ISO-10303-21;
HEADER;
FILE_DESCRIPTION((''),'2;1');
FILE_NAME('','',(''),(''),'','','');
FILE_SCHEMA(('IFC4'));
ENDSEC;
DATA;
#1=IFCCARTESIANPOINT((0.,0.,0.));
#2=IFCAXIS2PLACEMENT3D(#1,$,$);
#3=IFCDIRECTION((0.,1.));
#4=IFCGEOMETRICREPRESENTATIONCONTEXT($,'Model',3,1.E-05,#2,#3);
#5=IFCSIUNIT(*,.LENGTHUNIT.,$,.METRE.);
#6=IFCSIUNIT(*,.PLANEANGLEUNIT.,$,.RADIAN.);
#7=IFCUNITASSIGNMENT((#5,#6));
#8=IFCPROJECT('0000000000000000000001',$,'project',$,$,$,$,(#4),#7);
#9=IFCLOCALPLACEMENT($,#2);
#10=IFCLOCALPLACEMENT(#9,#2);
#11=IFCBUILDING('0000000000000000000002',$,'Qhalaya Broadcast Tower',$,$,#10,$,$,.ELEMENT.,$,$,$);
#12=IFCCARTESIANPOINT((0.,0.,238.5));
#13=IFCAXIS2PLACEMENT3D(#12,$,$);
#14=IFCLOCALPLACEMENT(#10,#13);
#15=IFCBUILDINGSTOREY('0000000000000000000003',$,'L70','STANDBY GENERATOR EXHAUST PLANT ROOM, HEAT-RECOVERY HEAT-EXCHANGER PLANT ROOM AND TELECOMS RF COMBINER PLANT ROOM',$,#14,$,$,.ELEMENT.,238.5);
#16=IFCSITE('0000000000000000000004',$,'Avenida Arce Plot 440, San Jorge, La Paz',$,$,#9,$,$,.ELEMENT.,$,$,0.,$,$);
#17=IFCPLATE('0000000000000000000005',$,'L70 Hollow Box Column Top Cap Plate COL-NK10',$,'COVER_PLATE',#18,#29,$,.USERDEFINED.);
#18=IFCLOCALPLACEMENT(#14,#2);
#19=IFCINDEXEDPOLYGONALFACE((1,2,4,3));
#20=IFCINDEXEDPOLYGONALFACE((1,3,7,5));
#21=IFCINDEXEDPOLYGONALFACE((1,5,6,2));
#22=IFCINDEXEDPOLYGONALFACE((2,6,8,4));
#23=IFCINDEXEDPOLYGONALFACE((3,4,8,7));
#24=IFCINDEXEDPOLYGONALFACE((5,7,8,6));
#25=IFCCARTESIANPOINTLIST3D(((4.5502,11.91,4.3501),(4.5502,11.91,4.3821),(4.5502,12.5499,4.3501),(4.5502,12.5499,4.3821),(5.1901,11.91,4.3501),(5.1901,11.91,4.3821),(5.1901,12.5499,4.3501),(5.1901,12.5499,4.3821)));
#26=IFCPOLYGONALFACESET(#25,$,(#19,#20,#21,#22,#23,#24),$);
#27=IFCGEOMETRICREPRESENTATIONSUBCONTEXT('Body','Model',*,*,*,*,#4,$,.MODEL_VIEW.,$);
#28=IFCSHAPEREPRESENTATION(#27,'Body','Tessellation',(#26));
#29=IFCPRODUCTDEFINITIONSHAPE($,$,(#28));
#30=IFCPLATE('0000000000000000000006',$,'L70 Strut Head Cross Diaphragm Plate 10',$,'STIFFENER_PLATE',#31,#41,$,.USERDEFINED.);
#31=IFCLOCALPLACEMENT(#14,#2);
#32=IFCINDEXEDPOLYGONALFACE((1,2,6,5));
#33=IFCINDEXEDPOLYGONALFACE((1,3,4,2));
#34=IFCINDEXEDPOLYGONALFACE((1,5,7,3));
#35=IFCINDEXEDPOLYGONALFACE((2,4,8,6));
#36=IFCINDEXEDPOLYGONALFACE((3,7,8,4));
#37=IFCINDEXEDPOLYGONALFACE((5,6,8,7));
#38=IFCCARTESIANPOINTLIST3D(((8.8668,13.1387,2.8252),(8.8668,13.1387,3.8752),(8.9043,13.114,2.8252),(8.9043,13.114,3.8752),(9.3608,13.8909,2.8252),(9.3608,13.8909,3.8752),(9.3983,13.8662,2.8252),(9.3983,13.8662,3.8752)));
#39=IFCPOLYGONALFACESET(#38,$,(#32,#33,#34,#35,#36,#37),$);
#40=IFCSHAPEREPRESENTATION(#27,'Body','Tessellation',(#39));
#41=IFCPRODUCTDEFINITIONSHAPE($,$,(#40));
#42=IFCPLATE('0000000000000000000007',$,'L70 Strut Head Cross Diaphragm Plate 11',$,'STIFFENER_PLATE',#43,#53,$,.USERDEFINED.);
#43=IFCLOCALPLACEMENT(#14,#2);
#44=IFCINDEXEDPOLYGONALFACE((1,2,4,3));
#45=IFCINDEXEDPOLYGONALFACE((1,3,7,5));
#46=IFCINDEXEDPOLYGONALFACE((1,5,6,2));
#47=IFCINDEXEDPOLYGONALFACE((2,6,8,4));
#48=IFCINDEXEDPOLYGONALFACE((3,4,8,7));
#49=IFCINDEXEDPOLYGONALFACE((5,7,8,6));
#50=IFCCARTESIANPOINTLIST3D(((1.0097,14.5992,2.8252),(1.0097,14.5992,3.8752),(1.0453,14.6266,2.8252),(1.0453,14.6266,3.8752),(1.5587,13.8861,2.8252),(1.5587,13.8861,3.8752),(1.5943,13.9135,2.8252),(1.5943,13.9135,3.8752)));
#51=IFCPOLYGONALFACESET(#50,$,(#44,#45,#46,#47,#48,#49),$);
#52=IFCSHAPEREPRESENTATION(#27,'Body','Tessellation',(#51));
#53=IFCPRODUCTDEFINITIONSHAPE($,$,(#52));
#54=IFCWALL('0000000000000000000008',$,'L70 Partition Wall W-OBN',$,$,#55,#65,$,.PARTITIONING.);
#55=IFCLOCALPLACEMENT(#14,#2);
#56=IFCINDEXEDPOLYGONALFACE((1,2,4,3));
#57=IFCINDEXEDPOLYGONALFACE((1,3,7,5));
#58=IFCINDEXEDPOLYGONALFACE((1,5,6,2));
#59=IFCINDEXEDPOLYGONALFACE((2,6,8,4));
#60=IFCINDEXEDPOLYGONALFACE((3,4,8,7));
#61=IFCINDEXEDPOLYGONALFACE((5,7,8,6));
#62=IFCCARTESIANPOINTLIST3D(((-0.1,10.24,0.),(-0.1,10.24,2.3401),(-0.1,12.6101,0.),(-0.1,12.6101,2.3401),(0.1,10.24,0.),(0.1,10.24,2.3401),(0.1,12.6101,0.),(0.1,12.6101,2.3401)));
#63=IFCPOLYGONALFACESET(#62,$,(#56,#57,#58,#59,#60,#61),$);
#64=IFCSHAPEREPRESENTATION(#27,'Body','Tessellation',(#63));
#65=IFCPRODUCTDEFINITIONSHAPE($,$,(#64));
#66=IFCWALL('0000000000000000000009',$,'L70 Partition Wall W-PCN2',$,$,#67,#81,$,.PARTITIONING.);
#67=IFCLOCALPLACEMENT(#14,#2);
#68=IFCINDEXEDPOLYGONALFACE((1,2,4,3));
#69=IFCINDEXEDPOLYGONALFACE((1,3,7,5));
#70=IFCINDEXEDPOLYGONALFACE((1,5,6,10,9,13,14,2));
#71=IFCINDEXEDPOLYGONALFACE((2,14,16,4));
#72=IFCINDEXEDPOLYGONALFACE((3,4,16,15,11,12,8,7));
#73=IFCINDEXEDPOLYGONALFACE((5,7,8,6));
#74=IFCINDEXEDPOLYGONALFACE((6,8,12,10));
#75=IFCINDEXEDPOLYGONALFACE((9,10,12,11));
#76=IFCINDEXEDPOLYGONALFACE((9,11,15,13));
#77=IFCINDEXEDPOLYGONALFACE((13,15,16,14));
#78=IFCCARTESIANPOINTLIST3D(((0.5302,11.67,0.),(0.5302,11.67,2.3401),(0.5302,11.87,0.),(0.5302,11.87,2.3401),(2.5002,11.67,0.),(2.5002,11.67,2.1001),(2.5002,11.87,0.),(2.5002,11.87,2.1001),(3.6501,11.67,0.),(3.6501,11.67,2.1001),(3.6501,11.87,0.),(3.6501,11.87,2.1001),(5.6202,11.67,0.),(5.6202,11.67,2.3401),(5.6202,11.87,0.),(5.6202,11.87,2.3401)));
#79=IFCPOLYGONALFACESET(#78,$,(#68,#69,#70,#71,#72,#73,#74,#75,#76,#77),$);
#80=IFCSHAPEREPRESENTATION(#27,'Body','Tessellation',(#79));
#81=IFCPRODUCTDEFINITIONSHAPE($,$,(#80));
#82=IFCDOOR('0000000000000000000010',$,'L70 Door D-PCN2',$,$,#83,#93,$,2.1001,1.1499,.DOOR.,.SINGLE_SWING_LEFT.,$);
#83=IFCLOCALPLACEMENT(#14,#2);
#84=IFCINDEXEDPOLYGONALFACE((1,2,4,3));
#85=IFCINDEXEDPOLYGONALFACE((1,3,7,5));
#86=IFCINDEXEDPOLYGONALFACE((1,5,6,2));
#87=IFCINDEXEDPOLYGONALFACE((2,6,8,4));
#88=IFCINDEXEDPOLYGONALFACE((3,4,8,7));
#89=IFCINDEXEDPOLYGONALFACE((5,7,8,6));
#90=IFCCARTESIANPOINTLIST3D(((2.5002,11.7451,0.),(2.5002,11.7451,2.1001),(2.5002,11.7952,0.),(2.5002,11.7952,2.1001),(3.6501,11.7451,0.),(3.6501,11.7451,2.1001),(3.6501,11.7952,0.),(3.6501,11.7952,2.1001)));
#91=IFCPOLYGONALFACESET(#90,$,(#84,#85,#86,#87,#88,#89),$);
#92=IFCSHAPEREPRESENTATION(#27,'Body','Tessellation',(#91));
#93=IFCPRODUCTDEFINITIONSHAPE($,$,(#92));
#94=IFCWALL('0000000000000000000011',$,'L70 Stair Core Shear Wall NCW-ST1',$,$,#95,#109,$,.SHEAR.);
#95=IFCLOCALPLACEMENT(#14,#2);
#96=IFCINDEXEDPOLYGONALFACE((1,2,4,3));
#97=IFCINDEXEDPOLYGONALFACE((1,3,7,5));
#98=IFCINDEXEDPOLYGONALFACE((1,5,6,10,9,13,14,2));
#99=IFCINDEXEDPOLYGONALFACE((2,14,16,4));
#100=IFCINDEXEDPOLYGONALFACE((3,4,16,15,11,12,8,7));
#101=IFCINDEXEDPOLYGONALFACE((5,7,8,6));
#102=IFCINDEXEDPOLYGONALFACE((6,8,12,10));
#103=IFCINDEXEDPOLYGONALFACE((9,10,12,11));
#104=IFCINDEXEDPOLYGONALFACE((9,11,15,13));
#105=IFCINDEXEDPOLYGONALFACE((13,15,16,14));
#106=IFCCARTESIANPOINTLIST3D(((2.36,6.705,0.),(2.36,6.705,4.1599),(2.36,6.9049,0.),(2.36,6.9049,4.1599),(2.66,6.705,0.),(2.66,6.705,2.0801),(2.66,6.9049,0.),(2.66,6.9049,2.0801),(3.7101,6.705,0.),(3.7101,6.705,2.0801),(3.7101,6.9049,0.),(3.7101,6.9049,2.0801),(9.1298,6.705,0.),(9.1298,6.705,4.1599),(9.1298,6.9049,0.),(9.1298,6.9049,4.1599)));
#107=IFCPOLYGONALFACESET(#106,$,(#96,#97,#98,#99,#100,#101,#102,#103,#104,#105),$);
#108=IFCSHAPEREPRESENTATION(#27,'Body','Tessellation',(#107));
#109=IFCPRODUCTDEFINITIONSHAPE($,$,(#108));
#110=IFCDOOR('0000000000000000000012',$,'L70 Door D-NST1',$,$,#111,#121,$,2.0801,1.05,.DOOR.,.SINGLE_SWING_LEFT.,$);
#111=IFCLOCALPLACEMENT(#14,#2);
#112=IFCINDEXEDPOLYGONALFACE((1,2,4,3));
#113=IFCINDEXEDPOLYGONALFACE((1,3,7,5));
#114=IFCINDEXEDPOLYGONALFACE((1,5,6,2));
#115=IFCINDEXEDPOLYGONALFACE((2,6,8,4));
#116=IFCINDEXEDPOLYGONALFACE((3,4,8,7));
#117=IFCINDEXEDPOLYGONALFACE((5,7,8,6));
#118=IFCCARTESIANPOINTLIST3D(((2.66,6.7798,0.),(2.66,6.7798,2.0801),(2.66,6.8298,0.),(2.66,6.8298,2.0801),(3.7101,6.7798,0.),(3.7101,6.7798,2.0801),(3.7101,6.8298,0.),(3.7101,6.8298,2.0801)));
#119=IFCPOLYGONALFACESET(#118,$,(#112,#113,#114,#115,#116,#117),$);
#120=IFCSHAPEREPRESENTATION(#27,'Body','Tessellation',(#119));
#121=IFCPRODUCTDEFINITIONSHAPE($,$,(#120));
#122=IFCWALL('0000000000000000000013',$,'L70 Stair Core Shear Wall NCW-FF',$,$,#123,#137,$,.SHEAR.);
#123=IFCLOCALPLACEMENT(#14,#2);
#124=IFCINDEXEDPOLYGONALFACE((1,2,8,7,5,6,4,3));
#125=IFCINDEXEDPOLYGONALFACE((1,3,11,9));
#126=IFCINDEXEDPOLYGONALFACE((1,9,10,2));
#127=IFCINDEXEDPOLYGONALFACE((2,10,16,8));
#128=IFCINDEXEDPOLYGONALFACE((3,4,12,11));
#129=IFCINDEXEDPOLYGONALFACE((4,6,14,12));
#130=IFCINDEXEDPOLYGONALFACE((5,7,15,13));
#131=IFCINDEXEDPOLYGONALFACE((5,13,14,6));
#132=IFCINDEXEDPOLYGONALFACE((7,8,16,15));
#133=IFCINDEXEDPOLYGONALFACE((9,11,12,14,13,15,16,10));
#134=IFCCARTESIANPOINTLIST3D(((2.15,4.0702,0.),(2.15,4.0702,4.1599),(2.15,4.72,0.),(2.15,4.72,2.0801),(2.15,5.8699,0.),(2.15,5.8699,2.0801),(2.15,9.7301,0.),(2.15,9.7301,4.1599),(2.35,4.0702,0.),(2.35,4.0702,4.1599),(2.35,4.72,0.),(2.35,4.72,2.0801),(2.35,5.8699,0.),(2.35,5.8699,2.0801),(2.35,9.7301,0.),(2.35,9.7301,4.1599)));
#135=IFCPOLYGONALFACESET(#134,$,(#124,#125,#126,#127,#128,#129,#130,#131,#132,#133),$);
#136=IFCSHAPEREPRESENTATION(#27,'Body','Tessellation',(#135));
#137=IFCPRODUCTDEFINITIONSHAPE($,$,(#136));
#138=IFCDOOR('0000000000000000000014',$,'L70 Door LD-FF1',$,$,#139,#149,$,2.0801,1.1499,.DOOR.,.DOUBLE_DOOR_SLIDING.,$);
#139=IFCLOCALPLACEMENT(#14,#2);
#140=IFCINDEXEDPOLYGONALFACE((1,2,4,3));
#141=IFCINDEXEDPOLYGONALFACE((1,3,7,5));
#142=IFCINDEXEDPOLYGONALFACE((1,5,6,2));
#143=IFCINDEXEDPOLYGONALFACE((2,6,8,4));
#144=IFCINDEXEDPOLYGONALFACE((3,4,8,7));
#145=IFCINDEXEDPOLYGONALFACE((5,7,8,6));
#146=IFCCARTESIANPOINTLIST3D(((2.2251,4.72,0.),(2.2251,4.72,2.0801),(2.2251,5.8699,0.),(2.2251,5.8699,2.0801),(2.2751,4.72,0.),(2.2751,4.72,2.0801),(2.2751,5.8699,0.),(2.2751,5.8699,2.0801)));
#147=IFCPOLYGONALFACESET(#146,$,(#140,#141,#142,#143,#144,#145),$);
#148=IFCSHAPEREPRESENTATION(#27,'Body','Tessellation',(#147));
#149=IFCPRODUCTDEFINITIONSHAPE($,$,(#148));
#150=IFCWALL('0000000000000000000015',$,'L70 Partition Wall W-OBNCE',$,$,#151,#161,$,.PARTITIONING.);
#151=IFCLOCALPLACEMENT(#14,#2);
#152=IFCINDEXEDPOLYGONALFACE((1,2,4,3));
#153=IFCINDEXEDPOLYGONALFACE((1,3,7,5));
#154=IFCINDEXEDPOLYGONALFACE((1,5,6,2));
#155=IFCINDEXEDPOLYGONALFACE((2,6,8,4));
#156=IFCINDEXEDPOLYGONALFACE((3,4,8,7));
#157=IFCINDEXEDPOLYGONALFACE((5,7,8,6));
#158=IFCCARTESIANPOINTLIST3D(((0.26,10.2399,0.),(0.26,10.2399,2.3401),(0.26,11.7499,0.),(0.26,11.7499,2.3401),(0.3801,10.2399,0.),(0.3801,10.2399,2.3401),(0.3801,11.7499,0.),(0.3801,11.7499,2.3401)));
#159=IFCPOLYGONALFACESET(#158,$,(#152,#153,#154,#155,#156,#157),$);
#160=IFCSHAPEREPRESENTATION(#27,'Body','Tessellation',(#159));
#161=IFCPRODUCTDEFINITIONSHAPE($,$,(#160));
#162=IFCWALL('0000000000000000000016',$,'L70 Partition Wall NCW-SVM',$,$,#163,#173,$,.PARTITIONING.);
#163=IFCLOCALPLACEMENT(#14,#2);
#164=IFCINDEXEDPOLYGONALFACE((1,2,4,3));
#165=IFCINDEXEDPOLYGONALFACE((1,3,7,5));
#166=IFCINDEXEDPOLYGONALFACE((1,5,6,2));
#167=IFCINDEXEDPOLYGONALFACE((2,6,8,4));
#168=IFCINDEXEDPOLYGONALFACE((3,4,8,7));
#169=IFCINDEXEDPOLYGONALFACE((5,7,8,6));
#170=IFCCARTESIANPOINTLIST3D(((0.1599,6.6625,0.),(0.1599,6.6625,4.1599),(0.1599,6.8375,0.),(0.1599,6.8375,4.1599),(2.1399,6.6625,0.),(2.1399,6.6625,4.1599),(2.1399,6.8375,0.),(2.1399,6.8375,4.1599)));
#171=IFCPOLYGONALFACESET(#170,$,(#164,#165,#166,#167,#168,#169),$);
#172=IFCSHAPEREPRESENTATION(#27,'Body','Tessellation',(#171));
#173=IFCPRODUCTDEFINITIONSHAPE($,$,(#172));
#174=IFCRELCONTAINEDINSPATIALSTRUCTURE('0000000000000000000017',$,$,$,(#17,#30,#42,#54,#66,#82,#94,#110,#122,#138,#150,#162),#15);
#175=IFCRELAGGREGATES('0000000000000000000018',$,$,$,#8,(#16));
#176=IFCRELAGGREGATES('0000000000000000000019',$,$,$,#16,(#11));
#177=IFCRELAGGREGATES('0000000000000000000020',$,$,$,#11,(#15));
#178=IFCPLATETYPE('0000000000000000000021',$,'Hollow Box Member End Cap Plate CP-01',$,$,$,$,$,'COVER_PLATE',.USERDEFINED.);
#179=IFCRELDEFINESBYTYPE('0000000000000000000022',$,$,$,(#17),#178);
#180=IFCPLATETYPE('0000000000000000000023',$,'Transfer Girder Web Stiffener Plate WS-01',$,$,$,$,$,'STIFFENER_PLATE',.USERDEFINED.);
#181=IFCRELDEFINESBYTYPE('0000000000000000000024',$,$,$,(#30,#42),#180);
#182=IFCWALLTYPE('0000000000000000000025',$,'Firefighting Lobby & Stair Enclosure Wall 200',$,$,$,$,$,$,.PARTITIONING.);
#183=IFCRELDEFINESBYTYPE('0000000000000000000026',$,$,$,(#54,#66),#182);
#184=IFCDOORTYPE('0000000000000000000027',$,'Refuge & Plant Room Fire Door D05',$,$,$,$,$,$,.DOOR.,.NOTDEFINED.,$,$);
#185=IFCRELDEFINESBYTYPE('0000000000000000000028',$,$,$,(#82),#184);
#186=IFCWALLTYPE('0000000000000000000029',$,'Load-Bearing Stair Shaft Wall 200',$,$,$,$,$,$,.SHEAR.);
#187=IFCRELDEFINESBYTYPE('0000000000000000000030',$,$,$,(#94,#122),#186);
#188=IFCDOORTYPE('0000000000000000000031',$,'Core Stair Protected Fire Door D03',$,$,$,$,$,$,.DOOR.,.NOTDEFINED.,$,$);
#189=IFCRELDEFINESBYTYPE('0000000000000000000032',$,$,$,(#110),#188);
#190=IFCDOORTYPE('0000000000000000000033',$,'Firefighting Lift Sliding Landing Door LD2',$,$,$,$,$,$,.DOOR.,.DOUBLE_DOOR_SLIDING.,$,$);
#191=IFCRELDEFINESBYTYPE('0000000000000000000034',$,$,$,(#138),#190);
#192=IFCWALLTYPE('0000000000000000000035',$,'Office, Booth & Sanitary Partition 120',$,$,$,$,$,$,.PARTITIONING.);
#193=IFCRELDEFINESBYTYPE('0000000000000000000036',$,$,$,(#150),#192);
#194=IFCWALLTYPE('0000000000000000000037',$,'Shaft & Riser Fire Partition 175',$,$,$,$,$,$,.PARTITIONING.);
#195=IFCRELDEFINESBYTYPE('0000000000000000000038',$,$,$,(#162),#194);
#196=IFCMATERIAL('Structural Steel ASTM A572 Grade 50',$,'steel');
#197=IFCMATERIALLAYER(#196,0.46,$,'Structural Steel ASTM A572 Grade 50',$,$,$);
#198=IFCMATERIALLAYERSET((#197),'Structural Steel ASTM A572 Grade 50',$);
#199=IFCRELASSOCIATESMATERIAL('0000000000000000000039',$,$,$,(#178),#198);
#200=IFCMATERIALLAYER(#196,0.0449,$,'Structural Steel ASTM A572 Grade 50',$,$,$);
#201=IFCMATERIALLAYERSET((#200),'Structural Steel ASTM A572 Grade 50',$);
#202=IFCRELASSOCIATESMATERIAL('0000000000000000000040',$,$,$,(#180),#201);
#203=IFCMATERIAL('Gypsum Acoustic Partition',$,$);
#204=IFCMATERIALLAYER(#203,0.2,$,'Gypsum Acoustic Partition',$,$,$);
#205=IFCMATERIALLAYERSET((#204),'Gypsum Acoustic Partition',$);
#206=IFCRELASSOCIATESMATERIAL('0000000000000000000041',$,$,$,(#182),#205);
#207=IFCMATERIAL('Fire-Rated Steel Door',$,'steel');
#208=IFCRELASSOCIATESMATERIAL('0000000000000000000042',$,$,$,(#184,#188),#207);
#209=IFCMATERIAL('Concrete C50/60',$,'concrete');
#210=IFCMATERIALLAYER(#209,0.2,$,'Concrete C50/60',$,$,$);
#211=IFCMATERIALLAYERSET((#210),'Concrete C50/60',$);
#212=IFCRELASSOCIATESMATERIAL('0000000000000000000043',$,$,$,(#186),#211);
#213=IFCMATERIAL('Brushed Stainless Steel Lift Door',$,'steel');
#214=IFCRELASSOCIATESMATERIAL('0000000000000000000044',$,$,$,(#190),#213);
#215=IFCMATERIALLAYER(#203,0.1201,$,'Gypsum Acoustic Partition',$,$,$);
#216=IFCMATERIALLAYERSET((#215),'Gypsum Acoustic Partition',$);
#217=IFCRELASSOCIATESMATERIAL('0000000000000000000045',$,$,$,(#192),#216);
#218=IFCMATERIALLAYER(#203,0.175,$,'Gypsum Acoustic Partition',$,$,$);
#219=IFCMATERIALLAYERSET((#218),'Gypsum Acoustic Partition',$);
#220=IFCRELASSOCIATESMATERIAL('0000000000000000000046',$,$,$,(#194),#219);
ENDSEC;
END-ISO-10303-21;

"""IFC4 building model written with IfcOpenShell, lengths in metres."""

from ifc_helpers import new_model, si_unit, direction, frame, frame_2d, origin, origin_2d, place, context, subcontext, project, spatial, rectangle, extrude, material, layer, layer_set, type_object, element, fill, save


model = new_model("IFC4")

# Units and contexts
model_context = context("Model", 3, precision=1e-05, world=origin(), true_north=direction((0.0, 1.0)))
body_context = subcontext(model_context, "Body", "Model", "MODEL_VIEW")
ifc_project = project(units=[si_unit("LENGTHUNIT", "METRE"), si_unit("PLANEANGLEUNIT", "RADIAN")], contexts=[model_context])

# Site, building, storey
site_placement = place(None, origin())
site = spatial("IfcSite", under=ifc_project, at=site_placement, Name="Avenida Arce Plot 440, San Jorge, La Paz", CompositionType="ELEMENT", RefElevation=0.0)
building_placement = place(site_placement, origin())
building = spatial("IfcBuilding", under=site, at=building_placement, Name="Qhalaya Broadcast Tower", CompositionType="ELEMENT")
storey_placement = place(building_placement, frame((0.0, 0.0, 238.5)))
storey = spatial("IfcBuildingStorey", under=building, at=storey_placement, Name="L70", Description="STANDBY GENERATOR EXHAUST PLANT ROOM, HEAT-RECOVERY HEAT-EXCHANGER PLANT ROOM AND TELECOMS RF COMBINER PLANT ROOM", CompositionType="ELEMENT", Elevation=238.5)

# Shared definitions
ifc_material_1 = material(Name="Concrete C50/60", Category="concrete")
ifc_material_2 = material(Name="Structural Steel ASTM A572 Grade 50", Category="steel")

# Plates
ifc_layer_1 = layer(ifc_material_2, 0.46, Name="Structural Steel ASTM A572 Grade 50")
ifc_layer_set_1 = layer_set([ifc_layer_1], Name="Structural Steel ASTM A572 Grade 50")
plate_type_1 = type_object("IfcPlateType", Name="Hollow Box Member End Cap Plate CP-01", ElementType="COVER_PLATE", PredefinedType="USERDEFINED", material=ifc_layer_set_1)
plate_placement = place(storey_placement, frame((4.8701, 12.23, 4.3501), z_axis=(0.0, 0.0, 1.0), x_axis=(1.0, 0.0, 0.0)))
element("IfcPlate", 1, at=plate_placement, inside=storey, type_object=plate_type_1, Name="L70 Hollow Box Column Top Cap Plate COL-NK10", ObjectType="COVER_PLATE", PredefinedType="USERDEFINED", context=body_context, shape_type="SweptSolid", body=[
    extrude(rectangle(XDim=0.6399, YDim=0.6399, at=origin_2d()), origin(), (0.0, 0.0, 1.0), 0.032),
])
ifc_layer_2 = layer(ifc_material_2, 0.0449, Name="Structural Steel ASTM A572 Grade 50")
ifc_layer_set_2 = layer_set([ifc_layer_2], Name="Structural Steel ASTM A572 Grade 50")
plate_type_2 = type_object("IfcPlateType", Name="Transfer Girder Web Stiffener Plate WS-01", ElementType="STIFFENER_PLATE", PredefinedType="USERDEFINED", material=ifc_layer_set_2)
for number, where, z_axis, x_axis, name in (
    (2, (9.1326, 13.5024, 2.8252), (0.0, 0.0, 1.0), (-0.548935, -0.835865, 0.0), "L70 Strut Head Cross Diaphragm Plate 10"),
    (3, (1.302, 14.2563, 2.8252), (0.0, 0.0, 1.0), (-0.610035, 0.792375, 0.0), "L70 Strut Head Cross Diaphragm Plate 11"),
):
    element("IfcPlate", number, at=place(storey_placement, frame(where, z_axis=z_axis, x_axis=x_axis)), inside=storey, type_object=plate_type_2, Name=name, ObjectType="STIFFENER_PLATE", PredefinedType="USERDEFINED", context=body_context, shape_type="SweptSolid", body=[
        extrude(rectangle(XDim=0.8999, YDim=0.0449, at=origin_2d()), origin(), (0.0, 0.0, 1.0), 1.05),
    ])

# Wall
ifc_material_3 = material(Name="Gypsum Acoustic Partition")
ifc_layer_3 = layer(ifc_material_3, 0.2, Name="Gypsum Acoustic Partition")
ifc_layer_set_3 = layer_set([ifc_layer_3], Name="Gypsum Acoustic Partition")
wall_type_1 = type_object("IfcWallType", Name="Firefighting Lobby & Stair Enclosure Wall 200", PredefinedType="PARTITIONING", material=ifc_layer_set_3)
wall_1_placement = place(storey_placement, frame((0.0, 10.24, 0.0), z_axis=(0.0, 0.0, 1.0), x_axis=(0.0, 1.0, 0.0)))
element("IfcWall", 4, at=wall_1_placement, inside=storey, type_object=wall_type_1, Name="L70 Partition Wall W-OBN", PredefinedType="PARTITIONING", context=body_context, shape_type="SweptSolid", body=[
    extrude(rectangle(XDim=2.3701, YDim=0.2, at=frame_2d((1.1851, 0.0))), origin(), (0.0, 0.0, 1.0), 2.3401),
])

# Walls, openings, doors
wall_2_placement = place(storey_placement, frame((5.6201, 11.77, 0.0), z_axis=(0.0, 0.0, 1.0), x_axis=(-1.0, 0.0, 0.0)))
wall_2 = element("IfcWall", 5, at=wall_2_placement, inside=storey, type_object=wall_type_1, Name="L70 Partition Wall W-PCN2", PredefinedType="PARTITIONING", context=body_context, shape_type="SweptSolid", body=[
    extrude(rectangle(XDim=5.0901, YDim=0.2, at=frame_2d((2.5449, 0.0))), origin(), (0.0, 0.0, 1.0), 2.3401),
])
opening_1_placement = place(wall_2_placement, frame((1.97, 0.0, 0.0)))
opening_1 = element("IfcOpeningElement", 6, at=opening_1_placement, cuts=wall_2, PredefinedType="OPENING", context=body_context, shape_type="SweptSolid", body=[
    extrude(rectangle(XDim=1.1499, YDim=2.1001, at=frame_2d((0.575, 1.05))), frame((0.0, 0.1121, 0.0), z_axis=(0.0, -1.0, 0.0), x_axis=(1.0, 0.0, 0.0)), (0.0, 0.0, 1.0), 0.2239),
])
ifc_material_4 = material(Name="Fire-Rated Steel Door", Category="steel")
door_type_1 = type_object("IfcDoorType", Name="Refuge & Plant Room Fire Door D05", OperationType="NOTDEFINED", PredefinedType="DOOR", material=ifc_material_4)
door_1_placement = place(opening_1_placement, origin())
door_1 = element("IfcDoor", 7, at=door_1_placement, inside=storey, type_object=door_type_1, Name="L70 Door D-PCN2", OperationType="SINGLE_SWING_LEFT", OverallHeight=2.1001, OverallWidth=1.1499, PredefinedType="DOOR", context=body_context, shape_type="SweptSolid", body=[
    extrude(rectangle(XDim=1.1499, YDim=2.1001, at=frame_2d((0.575, 1.05))), frame((0.0, 0.0249, 0.0), z_axis=(0.0, -1.0, 0.0), x_axis=(1.0, 0.0, 0.0)), (0.0, 0.0, 1.0), 0.05),
])
fill(opening_1, door_1)
ifc_layer_4 = layer(ifc_material_1, 0.2, Name="Concrete C50/60")
ifc_layer_set_4 = layer_set([ifc_layer_4], Name="Concrete C50/60")
wall_type_2 = type_object("IfcWallType", Name="Load-Bearing Stair Shaft Wall 200", PredefinedType="SHEAR", material=ifc_layer_set_4)
wall_3_placement = place(storey_placement, frame((2.3601, 6.8049, 0.0), z_axis=(0.0, 0.0, 1.0), x_axis=(1.0, 0.0, 0.0)))
wall_3 = element("IfcWall", 8, at=wall_3_placement, inside=storey, type_object=wall_type_2, Name="L70 Stair Core Shear Wall NCW-ST1", PredefinedType="SHEAR", context=body_context, shape_type="SweptSolid", body=[
    extrude(rectangle(XDim=6.7698, YDim=0.2, at=frame_2d((3.3848, 0.0))), origin(), (0.0, 0.0, 1.0), 4.1599),
])
opening_2_placement = place(wall_3_placement, frame((0.3, 0.0, 0.0)))
opening_2 = element("IfcOpeningElement", 9, at=opening_2_placement, cuts=wall_3, PredefinedType="OPENING", context=body_context, shape_type="SweptSolid", body=[
    extrude(rectangle(XDim=1.05, YDim=2.0801, at=frame_2d((0.5249, 1.04))), frame((0.0, 0.1121, 0.0), z_axis=(0.0, -1.0, 0.0), x_axis=(1.0, 0.0, 0.0)), (0.0, 0.0, 1.0), 0.2239),
])
door_type_2 = type_object("IfcDoorType", Name="Core Stair Protected Fire Door D03", OperationType="NOTDEFINED", PredefinedType="DOOR", material=ifc_material_4)
door_2_placement = place(opening_2_placement, origin())
door_2 = element("IfcDoor", 10, at=door_2_placement, inside=storey, type_object=door_type_2, Name="L70 Door D-NST1", OperationType="SINGLE_SWING_LEFT", OverallHeight=2.0801, OverallWidth=1.05, PredefinedType="DOOR", context=body_context, shape_type="SweptSolid", body=[
    extrude(rectangle(XDim=1.05, YDim=2.0801, at=frame_2d((0.5249, 1.04))), frame((0.0, 0.0249, 0.0), z_axis=(0.0, -1.0, 0.0), x_axis=(1.0, 0.0, 0.0)), (0.0, 0.0, 1.0), 0.05),
])
fill(opening_2, door_2)
wall_4_placement = place(storey_placement, frame((2.25, 4.0701, 0.0), z_axis=(0.0, 0.0, 1.0), x_axis=(0.0, 1.0, 0.0)))
wall_4 = element("IfcWall", 11, at=wall_4_placement, inside=storey, type_object=wall_type_2, Name="L70 Stair Core Shear Wall NCW-FF", PredefinedType="SHEAR", context=body_context, shape_type="SweptSolid", body=[
    extrude(rectangle(XDim=5.6599, YDim=0.2, at=frame_2d((2.8301, 0.0))), origin(), (0.0, 0.0, 1.0), 4.1599),
])
opening_3_placement = place(wall_4_placement, frame((0.6499, 0.0, 0.0)))
opening_3 = element("IfcOpeningElement", 12, at=opening_3_placement, cuts=wall_4, PredefinedType="OPENING", context=body_context, shape_type="SweptSolid", body=[
    extrude(rectangle(XDim=1.1499, YDim=2.0801, at=frame_2d((0.575, 1.04))), frame((0.0, 0.1121, 0.0), z_axis=(0.0, -1.0, 0.0), x_axis=(1.0, 0.0, 0.0)), (0.0, 0.0, 1.0), 0.2239),
])
ifc_material_5 = material(Name="Brushed Stainless Steel Lift Door", Category="steel")
door_type_3 = type_object("IfcDoorType", Name="Firefighting Lift Sliding Landing Door LD2", OperationType="DOUBLE_DOOR_SLIDING", PredefinedType="DOOR", material=ifc_material_5)
door_3_placement = place(opening_3_placement, origin())
door_3 = element("IfcDoor", 13, at=door_3_placement, inside=storey, type_object=door_type_3, Name="L70 Door LD-FF1", OperationType="DOUBLE_DOOR_SLIDING", OverallHeight=2.0801, OverallWidth=1.1499, PredefinedType="DOOR", context=body_context, shape_type="SweptSolid", body=[
    extrude(rectangle(XDim=1.1499, YDim=2.0801, at=frame_2d((0.575, 1.04))), frame((0.0, 0.0249, 0.0), z_axis=(0.0, -1.0, 0.0), x_axis=(1.0, 0.0, 0.0)), (0.0, 0.0, 1.0), 0.05),
])
fill(opening_3, door_3)

# Wall
ifc_layer_5 = layer(ifc_material_3, 0.1201, Name="Gypsum Acoustic Partition")
ifc_layer_set_5 = layer_set([ifc_layer_5], Name="Gypsum Acoustic Partition")
wall_type_3 = type_object("IfcWallType", Name="Office, Booth & Sanitary Partition 120", PredefinedType="PARTITIONING", material=ifc_layer_set_5)
wall_5_placement = place(storey_placement, frame((0.3201, 10.24, 0.0), z_axis=(0.0, 0.0, 1.0), x_axis=(0.0, 1.0, 0.0)))
element("IfcWall", 14, at=wall_5_placement, inside=storey, type_object=wall_type_3, Name="L70 Partition Wall W-OBNCE", PredefinedType="PARTITIONING", context=body_context, shape_type="SweptSolid", body=[
    extrude(rectangle(XDim=1.51, YDim=0.1201, at=frame_2d((0.7549, 0.0))), origin(), (0.0, 0.0, 1.0), 2.3401),
])

# Shared definitions
ifc_layer_6 = layer(ifc_material_3, 0.175, Name="Gypsum Acoustic Partition")
ifc_layer_set_6 = layer_set([ifc_layer_6], Name="Gypsum Acoustic Partition")
wall_type_4 = type_object("IfcWallType", Name="Shaft & Riser Fire Partition 175", PredefinedType="PARTITIONING", material=ifc_layer_set_6)

# Wall
wall_6_placement = place(storey_placement, frame((0.1599, 6.75, 0.0), z_axis=(0.0, 0.0, 1.0), x_axis=(1.0, 0.0, 0.0)))
element("IfcWall", 15, at=wall_6_placement, inside=storey, type_object=wall_type_4, Name="L70 Partition Wall NCW-SVM", PredefinedType="PARTITIONING", context=body_context, shape_type="SweptSolid", body=[
    extrude(rectangle(XDim=1.98, YDim=0.175, at=frame_2d((0.99, 0.0))), origin(), (0.0, 0.0, 1.0), 4.1599),
])

save(model, "model.ifc")
